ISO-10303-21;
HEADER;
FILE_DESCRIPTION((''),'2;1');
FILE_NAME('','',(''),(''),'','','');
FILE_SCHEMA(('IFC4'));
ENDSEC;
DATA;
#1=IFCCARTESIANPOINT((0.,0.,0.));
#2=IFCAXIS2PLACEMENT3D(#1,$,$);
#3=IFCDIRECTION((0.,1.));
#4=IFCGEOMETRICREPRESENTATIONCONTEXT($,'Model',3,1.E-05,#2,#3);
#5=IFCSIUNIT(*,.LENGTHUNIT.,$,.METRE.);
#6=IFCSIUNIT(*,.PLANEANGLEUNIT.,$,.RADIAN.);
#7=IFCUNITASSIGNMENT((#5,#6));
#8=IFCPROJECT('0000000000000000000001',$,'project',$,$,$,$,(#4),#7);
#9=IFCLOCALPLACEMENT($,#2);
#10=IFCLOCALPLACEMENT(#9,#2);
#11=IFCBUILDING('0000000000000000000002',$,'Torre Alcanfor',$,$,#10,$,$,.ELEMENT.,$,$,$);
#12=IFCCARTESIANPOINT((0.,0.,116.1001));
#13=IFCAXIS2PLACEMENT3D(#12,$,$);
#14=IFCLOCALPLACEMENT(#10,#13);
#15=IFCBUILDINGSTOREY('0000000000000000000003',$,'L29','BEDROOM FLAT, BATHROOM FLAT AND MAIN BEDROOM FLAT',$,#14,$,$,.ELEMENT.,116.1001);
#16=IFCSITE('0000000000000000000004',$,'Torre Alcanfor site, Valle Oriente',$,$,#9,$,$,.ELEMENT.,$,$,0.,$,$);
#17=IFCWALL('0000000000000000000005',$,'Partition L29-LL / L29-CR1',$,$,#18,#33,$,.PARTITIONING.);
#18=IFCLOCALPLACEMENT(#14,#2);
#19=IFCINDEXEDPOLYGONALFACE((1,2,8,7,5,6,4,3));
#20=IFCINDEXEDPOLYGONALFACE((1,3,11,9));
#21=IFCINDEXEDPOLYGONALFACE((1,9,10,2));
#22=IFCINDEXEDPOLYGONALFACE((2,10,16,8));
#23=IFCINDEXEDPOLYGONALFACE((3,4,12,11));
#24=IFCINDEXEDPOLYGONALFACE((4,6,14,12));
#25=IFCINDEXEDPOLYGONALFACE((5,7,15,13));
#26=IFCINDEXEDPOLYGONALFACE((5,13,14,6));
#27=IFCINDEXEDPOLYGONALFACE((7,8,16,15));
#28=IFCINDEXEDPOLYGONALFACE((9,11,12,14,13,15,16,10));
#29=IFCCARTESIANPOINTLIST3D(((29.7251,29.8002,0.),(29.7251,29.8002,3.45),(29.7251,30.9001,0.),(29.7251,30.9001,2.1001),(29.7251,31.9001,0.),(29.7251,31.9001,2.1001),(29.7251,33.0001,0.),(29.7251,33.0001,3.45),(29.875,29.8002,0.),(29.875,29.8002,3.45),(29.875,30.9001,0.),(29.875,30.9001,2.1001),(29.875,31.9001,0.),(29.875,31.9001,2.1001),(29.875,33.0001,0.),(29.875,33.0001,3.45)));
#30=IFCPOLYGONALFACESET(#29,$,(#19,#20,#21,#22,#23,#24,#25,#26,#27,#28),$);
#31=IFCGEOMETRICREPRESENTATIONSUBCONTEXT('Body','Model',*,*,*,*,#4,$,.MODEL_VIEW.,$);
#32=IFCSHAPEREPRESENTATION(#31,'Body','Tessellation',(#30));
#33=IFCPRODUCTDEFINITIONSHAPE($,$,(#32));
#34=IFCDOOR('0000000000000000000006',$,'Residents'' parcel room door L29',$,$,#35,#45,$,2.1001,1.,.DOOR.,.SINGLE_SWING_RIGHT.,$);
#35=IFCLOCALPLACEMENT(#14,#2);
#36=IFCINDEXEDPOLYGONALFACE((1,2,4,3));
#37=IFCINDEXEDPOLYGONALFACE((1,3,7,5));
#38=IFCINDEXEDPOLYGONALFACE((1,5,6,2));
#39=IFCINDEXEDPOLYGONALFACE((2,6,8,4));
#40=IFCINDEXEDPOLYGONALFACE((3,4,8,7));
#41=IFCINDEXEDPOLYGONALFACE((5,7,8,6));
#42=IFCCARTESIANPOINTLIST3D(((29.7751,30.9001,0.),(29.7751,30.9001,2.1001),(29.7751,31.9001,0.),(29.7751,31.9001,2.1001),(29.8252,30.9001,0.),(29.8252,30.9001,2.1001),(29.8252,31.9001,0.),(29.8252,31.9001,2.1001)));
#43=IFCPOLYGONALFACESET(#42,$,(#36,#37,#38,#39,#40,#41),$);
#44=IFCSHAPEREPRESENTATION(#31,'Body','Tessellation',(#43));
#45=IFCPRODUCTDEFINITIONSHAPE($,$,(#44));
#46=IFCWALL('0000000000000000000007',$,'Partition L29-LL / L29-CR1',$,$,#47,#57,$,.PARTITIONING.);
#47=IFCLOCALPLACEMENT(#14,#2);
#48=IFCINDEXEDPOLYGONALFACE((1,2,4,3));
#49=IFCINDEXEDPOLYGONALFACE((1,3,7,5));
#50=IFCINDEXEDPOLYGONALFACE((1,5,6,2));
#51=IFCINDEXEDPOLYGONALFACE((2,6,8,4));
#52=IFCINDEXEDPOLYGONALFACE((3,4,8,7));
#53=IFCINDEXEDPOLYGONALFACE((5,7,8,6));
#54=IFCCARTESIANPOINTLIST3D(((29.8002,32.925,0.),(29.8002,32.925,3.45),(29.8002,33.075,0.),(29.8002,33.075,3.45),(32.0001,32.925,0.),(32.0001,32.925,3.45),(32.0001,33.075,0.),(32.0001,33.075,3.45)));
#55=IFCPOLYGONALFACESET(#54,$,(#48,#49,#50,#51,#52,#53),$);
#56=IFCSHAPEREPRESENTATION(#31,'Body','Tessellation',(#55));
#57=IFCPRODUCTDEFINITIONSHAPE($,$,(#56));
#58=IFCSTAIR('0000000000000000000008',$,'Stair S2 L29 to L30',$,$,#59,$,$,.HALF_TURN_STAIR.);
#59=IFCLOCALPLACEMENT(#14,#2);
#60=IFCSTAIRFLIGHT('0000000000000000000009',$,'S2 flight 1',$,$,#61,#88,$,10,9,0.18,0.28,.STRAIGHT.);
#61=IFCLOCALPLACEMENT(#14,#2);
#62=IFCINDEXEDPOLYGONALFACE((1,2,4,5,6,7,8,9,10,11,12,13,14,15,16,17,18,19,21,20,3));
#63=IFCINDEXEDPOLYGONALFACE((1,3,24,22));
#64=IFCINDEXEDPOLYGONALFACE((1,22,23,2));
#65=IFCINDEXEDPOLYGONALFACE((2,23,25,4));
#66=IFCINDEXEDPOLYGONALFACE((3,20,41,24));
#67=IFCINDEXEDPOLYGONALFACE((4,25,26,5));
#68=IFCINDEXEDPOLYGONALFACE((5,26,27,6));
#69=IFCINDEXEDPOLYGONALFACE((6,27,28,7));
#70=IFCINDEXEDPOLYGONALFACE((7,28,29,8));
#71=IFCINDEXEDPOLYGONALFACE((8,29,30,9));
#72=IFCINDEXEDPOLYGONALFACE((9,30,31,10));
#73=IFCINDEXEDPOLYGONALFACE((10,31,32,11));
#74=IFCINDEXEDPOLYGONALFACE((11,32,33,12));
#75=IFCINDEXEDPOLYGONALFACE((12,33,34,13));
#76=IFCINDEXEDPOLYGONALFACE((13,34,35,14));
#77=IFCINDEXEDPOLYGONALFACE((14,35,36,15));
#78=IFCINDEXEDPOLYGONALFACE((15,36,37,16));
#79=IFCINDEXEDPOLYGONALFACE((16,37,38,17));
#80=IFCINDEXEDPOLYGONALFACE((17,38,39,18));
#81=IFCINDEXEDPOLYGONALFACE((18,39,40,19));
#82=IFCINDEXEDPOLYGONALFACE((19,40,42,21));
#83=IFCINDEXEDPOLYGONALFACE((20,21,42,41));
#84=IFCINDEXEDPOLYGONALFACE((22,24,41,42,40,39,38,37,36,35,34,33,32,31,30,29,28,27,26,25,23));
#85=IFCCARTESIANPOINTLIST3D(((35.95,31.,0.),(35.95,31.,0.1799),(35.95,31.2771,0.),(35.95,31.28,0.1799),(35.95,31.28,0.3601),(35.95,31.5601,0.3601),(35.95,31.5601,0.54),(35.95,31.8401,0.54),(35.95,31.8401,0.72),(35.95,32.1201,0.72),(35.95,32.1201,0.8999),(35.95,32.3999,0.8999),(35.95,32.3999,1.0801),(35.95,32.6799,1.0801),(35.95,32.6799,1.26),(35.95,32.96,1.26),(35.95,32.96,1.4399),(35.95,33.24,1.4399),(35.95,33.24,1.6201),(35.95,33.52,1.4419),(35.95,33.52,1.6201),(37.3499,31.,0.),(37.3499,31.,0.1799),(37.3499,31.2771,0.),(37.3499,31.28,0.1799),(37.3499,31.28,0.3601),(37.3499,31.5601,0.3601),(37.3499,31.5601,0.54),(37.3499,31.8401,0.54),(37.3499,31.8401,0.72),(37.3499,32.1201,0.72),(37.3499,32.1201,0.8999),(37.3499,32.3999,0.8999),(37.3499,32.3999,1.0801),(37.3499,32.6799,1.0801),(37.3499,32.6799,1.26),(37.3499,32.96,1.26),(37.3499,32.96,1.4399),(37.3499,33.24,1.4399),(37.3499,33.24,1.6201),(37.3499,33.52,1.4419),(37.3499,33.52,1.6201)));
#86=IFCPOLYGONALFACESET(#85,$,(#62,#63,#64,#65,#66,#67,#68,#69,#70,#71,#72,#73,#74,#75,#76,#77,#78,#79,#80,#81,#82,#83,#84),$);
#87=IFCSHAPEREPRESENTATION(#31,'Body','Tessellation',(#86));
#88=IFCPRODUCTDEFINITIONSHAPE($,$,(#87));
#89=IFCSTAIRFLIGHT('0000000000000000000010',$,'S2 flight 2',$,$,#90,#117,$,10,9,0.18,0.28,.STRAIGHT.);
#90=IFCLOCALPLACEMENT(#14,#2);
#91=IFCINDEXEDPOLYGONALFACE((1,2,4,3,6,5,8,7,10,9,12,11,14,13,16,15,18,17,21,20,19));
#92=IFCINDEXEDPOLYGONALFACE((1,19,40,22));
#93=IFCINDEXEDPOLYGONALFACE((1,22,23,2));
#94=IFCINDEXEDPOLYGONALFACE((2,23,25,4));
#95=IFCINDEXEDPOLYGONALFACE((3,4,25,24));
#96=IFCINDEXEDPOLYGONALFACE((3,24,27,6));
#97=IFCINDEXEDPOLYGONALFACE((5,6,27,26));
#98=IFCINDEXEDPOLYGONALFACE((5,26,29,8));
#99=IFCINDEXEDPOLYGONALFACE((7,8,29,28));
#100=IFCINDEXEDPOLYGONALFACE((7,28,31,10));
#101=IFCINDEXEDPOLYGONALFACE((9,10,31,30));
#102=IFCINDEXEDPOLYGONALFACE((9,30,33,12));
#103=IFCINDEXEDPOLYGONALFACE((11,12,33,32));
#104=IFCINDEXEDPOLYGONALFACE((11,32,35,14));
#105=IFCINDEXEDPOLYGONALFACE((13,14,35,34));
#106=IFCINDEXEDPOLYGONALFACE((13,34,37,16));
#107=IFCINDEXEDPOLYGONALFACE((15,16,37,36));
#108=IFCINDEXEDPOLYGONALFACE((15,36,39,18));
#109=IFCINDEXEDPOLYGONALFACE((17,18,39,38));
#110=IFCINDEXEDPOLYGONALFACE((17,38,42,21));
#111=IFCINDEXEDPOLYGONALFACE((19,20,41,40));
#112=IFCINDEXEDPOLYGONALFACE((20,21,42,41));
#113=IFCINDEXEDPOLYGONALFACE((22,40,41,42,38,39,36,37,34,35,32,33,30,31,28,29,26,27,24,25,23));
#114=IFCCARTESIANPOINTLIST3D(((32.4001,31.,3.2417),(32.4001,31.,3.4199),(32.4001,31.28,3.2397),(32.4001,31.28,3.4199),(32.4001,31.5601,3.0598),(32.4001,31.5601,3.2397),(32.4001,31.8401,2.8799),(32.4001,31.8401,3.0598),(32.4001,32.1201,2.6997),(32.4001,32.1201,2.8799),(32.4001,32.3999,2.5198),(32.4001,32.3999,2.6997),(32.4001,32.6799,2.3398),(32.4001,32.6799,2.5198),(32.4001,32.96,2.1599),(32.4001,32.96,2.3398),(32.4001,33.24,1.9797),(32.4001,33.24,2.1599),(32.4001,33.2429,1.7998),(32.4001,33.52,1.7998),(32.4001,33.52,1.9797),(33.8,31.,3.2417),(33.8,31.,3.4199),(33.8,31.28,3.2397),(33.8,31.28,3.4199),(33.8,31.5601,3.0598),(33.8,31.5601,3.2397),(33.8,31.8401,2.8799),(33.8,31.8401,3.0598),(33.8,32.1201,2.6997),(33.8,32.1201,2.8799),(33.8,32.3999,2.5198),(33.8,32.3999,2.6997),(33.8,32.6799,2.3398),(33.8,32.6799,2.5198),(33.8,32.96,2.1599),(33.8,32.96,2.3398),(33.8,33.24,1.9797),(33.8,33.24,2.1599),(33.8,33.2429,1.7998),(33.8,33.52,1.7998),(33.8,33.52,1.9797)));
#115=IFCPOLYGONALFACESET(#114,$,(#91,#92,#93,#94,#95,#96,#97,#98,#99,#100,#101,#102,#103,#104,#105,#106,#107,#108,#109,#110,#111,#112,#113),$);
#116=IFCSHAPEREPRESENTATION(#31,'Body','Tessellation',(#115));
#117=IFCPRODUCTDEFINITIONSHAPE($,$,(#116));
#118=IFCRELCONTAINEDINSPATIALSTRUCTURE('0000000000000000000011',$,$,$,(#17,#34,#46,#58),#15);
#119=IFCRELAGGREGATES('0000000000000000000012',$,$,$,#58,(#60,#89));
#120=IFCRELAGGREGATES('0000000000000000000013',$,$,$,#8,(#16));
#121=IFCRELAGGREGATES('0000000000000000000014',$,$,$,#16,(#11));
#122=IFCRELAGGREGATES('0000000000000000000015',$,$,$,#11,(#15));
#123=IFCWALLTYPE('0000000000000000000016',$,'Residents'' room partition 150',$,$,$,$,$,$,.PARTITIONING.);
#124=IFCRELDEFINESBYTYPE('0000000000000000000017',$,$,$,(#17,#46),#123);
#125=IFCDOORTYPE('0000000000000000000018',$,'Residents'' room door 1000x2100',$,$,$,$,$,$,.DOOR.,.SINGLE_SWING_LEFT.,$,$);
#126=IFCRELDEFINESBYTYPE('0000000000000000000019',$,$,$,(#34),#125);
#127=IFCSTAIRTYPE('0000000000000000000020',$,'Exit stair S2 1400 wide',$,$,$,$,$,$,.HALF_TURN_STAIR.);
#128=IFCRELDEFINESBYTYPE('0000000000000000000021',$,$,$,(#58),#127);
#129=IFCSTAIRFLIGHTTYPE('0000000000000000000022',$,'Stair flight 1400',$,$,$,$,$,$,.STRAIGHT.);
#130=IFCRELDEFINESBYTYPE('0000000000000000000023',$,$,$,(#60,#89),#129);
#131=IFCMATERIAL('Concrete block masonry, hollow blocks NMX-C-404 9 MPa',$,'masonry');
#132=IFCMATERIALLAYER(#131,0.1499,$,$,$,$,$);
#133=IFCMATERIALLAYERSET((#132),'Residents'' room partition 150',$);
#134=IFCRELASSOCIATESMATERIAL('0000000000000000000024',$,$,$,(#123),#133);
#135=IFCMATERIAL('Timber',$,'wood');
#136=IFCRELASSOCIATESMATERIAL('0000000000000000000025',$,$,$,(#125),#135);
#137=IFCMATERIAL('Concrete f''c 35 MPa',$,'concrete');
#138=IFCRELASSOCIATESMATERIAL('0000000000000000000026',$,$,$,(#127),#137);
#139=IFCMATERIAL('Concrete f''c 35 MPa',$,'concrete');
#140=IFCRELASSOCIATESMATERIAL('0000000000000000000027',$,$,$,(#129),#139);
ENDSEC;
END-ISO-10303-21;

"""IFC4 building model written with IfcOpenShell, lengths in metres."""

from ifc_helpers import new_model, si_unit, direction, frame, frame_2d, origin, place, context, subcontext, project, spatial, polyline, rectangle, outline, extrude, material, layer, layer_set, type_object, element, fill, aggregate, save


model = new_model("IFC4")

# Units and contexts
model_context = context("Model", 3, precision=1e-05, world=origin(), true_north=direction((0.0, 1.0)))
body_context = subcontext(model_context, "Body", "Model", "MODEL_VIEW")
ifc_project = project(units=[si_unit("LENGTHUNIT", "METRE"), si_unit("PLANEANGLEUNIT", "RADIAN")], contexts=[model_context])

# Site, building, storey
site_placement = place(None, origin())
site = spatial("IfcSite", under=ifc_project, at=site_placement, Name="Torre Alcanfor site, Valle Oriente", CompositionType="ELEMENT", RefElevation=0.0)
building_placement = place(site_placement, origin())
building = spatial("IfcBuilding", under=site, at=building_placement, Name="Torre Alcanfor", CompositionType="ELEMENT")
storey_placement = place(building_placement, frame((0.0, 0.0, 116.1001)))
storey = spatial("IfcBuildingStorey", under=building, at=storey_placement, Name="L29", Description="BEDROOM FLAT, BATHROOM FLAT AND MAIN BEDROOM FLAT", CompositionType="ELEMENT", Elevation=116.1001)

# Shared definitions
ifc_material_1 = material(Name="Concrete block masonry, hollow blocks NMX-C-404 9 MPa", Category="masonry")
ifc_layer_1 = layer(ifc_material_1, 0.1499)
ifc_layer_set_1 = layer_set([ifc_layer_1], Name="Residents' room partition 150")
wall_type_1 = type_object("IfcWallType", Name="Residents' room partition 150", PredefinedType="PARTITIONING", material=ifc_layer_set_1)

# Shared definitions
ifc_material_2 = material(Name="Timber", Category="wood")
door_type = type_object("IfcDoorType", Name="Residents' room door 1000x2100", OperationType="SINGLE_SWING_LEFT", PredefinedType="DOOR", material=ifc_material_2)

# Wall, opening, door
wall_1_placement = place(storey_placement, frame((29.8, 29.8, 0.0), z_axis=(0.0, 0.0, 1.0), x_axis=(0.0, 1.0, 0.0)))
wall_1 = element("IfcWall", 1, at=wall_1_placement, inside=storey, type_object=wall_type_1, Name="Partition L29-LL / L29-CR1", PredefinedType="PARTITIONING", context=body_context, shape_type="SweptSolid", body=[
    extrude(rectangle(XDim=3.2, YDim=0.1499, at=frame_2d((1.6001, 0.0))), origin(), (0.0, 0.0, 1.0), 3.45),
])
opening_1_placement = place(wall_1_placement, frame((1.1001, 0.0, 0.0)))
opening_1 = element("IfcOpeningElement", 2, at=opening_1_placement, cuts=wall_1, PredefinedType="OPENING", context=body_context, shape_type="SweptSolid", body=[
    extrude(rectangle(XDim=1.0, YDim=2.1001, at=frame_2d((0.5, 1.05))), frame((0.0, 0.085, 0.0), z_axis=(0.0, -1.0, 0.0), x_axis=(1.0, 0.0, 0.0)), (0.0, 0.0, 1.0), 0.1699),
])
door_1_placement = place(opening_1_placement, frame((1.0, 0.0, 0.0), z_axis=(0.0, 0.0, 1.0), x_axis=(-1.0, 0.0, 0.0)))
door_1 = element("IfcDoor", 3, at=door_1_placement, inside=storey, type_object=door_type, Name="Residents' parcel room door L29", OperationType="SINGLE_SWING_RIGHT", OverallHeight=2.1001, OverallWidth=1.0, PredefinedType="DOOR", context=body_context, shape_type="SweptSolid", body=[
    extrude(rectangle(XDim=1.0, YDim=2.1001, at=frame_2d((0.5, 1.05))), frame((0.0, 0.0251, 0.0), z_axis=(0.0, -1.0, 0.0), x_axis=(1.0, 0.0, 0.0)), (0.0, 0.0, 1.0), 0.05),
])
fill(opening_1, door_1)

# Wall
wall_2_placement = place(storey_placement, frame((29.8, 33.0, 0.0), z_axis=(0.0, 0.0, 1.0), x_axis=(1.0, 0.0, 0.0)))
element("IfcWall", 4, at=wall_2_placement, inside=storey, type_object=wall_type_1, Name="Partition L29-LL / L29-CR1", PredefinedType="PARTITIONING", context=body_context, shape_type="SweptSolid", body=[
    extrude(rectangle(XDim=2.2, YDim=0.1499, at=frame_2d((1.1001, 0.0))), origin(), (0.0, 0.0, 1.0), 3.45),
])

# Stair, stair flights
ifc_material_3 = material(Name="Concrete f'c 35 MPa", Category="concrete")
stair_type = type_object("IfcStairType", Name="Exit stair S2 1400 wide", PredefinedType="HALF_TURN_STAIR", material=ifc_material_3)
stair_placement = place(storey_placement, origin())
stair = element("IfcStair", 5, at=stair_placement, inside=storey, type_object=stair_type, Name="Stair S2 L29 to L30", PredefinedType="HALF_TURN_STAIR")
ifc_material_4 = material(Name="Concrete f'c 35 MPa", Category="concrete")
stair_flight_type = type_object("IfcStairFlightType", Name="Stair flight 1400", PredefinedType="STRAIGHT", material=ifc_material_4)
stair_flight_1_placement = place(storey_placement, frame((36.6499, 31.0, 0.0), z_axis=(0.0, 0.0, 1.0), x_axis=(0.0, 1.0, 0.0)))
stair_flight_1 = element("IfcStairFlight", 6, at=stair_flight_1_placement, type_object=stair_flight_type, Name="S2 flight 1", NumberOfRisers=10, NumberOfTreads=9, PredefinedType="STRAIGHT", RiserHeight=0.18, TreadLength=0.28, context=body_context, shape_type="SweptSolid", body=[
    extrude(outline(polyline([(0.0, 0.0), (0.0, 0.1799), (0.28, 0.1799), (0.28, 0.3601), (0.5601, 0.3601), (0.5601, 0.54), (0.8401, 0.54), (0.8401, 0.72), (1.1201, 0.72), (1.1201, 0.8999), (1.3999, 0.8999), (1.3999, 1.0801), (1.6799, 1.0801), (1.6799, 1.26), (1.96, 1.26), (1.96, 1.4399), (2.24, 1.4399), (2.24, 1.6201), (2.52, 1.6201), (2.52, 1.8), (2.52, 1.4419), (0.2771, 0.0), (0.0, 0.0)])), frame((0.0, 0.7, 0.0), z_axis=(0.0, -1.0, 0.0), x_axis=(1.0, 0.0, 0.0)), (0.0, 0.0, 1.0), 1.3999),
])
stair_flight_2_placement = place(storey_placement, frame((33.1001, 33.52, 1.7998), z_axis=(0.0, 0.0, 1.0), x_axis=(0.0, -1.0, 0.0)))
stair_flight_2 = element("IfcStairFlight", 7, at=stair_flight_2_placement, type_object=stair_flight_type, Name="S2 flight 2", NumberOfRisers=10, NumberOfTreads=9, PredefinedType="STRAIGHT", RiserHeight=0.18, TreadLength=0.28, context=body_context, shape_type="SweptSolid", body=[
    extrude(outline(polyline([(0.0, 0.0), (0.0, 0.1799), (0.28, 0.1799), (0.28, 0.3601), (0.5601, 0.3601), (0.5601, 0.54), (0.8401, 0.54), (0.8401, 0.72), (1.1201, 0.72), (1.1201, 0.8999), (1.3999, 0.8999), (1.3999, 1.0801), (1.6799, 1.0801), (1.6799, 1.26), (1.96, 1.26), (1.96, 1.4399), (2.24, 1.4399), (2.24, 1.6201), (2.52, 1.6201), (2.52, 1.8), (2.52, 1.4419), (0.2771, 0.0), (0.0, 0.0)])), frame((0.0, 0.7, 0.0), z_axis=(0.0, -1.0, 0.0), x_axis=(1.0, 0.0, 0.0)), (0.0, 0.0, 1.0), 1.3999),
])
aggregate(stair, [stair_flight_1, stair_flight_2])

save(model, "model.ifc")
